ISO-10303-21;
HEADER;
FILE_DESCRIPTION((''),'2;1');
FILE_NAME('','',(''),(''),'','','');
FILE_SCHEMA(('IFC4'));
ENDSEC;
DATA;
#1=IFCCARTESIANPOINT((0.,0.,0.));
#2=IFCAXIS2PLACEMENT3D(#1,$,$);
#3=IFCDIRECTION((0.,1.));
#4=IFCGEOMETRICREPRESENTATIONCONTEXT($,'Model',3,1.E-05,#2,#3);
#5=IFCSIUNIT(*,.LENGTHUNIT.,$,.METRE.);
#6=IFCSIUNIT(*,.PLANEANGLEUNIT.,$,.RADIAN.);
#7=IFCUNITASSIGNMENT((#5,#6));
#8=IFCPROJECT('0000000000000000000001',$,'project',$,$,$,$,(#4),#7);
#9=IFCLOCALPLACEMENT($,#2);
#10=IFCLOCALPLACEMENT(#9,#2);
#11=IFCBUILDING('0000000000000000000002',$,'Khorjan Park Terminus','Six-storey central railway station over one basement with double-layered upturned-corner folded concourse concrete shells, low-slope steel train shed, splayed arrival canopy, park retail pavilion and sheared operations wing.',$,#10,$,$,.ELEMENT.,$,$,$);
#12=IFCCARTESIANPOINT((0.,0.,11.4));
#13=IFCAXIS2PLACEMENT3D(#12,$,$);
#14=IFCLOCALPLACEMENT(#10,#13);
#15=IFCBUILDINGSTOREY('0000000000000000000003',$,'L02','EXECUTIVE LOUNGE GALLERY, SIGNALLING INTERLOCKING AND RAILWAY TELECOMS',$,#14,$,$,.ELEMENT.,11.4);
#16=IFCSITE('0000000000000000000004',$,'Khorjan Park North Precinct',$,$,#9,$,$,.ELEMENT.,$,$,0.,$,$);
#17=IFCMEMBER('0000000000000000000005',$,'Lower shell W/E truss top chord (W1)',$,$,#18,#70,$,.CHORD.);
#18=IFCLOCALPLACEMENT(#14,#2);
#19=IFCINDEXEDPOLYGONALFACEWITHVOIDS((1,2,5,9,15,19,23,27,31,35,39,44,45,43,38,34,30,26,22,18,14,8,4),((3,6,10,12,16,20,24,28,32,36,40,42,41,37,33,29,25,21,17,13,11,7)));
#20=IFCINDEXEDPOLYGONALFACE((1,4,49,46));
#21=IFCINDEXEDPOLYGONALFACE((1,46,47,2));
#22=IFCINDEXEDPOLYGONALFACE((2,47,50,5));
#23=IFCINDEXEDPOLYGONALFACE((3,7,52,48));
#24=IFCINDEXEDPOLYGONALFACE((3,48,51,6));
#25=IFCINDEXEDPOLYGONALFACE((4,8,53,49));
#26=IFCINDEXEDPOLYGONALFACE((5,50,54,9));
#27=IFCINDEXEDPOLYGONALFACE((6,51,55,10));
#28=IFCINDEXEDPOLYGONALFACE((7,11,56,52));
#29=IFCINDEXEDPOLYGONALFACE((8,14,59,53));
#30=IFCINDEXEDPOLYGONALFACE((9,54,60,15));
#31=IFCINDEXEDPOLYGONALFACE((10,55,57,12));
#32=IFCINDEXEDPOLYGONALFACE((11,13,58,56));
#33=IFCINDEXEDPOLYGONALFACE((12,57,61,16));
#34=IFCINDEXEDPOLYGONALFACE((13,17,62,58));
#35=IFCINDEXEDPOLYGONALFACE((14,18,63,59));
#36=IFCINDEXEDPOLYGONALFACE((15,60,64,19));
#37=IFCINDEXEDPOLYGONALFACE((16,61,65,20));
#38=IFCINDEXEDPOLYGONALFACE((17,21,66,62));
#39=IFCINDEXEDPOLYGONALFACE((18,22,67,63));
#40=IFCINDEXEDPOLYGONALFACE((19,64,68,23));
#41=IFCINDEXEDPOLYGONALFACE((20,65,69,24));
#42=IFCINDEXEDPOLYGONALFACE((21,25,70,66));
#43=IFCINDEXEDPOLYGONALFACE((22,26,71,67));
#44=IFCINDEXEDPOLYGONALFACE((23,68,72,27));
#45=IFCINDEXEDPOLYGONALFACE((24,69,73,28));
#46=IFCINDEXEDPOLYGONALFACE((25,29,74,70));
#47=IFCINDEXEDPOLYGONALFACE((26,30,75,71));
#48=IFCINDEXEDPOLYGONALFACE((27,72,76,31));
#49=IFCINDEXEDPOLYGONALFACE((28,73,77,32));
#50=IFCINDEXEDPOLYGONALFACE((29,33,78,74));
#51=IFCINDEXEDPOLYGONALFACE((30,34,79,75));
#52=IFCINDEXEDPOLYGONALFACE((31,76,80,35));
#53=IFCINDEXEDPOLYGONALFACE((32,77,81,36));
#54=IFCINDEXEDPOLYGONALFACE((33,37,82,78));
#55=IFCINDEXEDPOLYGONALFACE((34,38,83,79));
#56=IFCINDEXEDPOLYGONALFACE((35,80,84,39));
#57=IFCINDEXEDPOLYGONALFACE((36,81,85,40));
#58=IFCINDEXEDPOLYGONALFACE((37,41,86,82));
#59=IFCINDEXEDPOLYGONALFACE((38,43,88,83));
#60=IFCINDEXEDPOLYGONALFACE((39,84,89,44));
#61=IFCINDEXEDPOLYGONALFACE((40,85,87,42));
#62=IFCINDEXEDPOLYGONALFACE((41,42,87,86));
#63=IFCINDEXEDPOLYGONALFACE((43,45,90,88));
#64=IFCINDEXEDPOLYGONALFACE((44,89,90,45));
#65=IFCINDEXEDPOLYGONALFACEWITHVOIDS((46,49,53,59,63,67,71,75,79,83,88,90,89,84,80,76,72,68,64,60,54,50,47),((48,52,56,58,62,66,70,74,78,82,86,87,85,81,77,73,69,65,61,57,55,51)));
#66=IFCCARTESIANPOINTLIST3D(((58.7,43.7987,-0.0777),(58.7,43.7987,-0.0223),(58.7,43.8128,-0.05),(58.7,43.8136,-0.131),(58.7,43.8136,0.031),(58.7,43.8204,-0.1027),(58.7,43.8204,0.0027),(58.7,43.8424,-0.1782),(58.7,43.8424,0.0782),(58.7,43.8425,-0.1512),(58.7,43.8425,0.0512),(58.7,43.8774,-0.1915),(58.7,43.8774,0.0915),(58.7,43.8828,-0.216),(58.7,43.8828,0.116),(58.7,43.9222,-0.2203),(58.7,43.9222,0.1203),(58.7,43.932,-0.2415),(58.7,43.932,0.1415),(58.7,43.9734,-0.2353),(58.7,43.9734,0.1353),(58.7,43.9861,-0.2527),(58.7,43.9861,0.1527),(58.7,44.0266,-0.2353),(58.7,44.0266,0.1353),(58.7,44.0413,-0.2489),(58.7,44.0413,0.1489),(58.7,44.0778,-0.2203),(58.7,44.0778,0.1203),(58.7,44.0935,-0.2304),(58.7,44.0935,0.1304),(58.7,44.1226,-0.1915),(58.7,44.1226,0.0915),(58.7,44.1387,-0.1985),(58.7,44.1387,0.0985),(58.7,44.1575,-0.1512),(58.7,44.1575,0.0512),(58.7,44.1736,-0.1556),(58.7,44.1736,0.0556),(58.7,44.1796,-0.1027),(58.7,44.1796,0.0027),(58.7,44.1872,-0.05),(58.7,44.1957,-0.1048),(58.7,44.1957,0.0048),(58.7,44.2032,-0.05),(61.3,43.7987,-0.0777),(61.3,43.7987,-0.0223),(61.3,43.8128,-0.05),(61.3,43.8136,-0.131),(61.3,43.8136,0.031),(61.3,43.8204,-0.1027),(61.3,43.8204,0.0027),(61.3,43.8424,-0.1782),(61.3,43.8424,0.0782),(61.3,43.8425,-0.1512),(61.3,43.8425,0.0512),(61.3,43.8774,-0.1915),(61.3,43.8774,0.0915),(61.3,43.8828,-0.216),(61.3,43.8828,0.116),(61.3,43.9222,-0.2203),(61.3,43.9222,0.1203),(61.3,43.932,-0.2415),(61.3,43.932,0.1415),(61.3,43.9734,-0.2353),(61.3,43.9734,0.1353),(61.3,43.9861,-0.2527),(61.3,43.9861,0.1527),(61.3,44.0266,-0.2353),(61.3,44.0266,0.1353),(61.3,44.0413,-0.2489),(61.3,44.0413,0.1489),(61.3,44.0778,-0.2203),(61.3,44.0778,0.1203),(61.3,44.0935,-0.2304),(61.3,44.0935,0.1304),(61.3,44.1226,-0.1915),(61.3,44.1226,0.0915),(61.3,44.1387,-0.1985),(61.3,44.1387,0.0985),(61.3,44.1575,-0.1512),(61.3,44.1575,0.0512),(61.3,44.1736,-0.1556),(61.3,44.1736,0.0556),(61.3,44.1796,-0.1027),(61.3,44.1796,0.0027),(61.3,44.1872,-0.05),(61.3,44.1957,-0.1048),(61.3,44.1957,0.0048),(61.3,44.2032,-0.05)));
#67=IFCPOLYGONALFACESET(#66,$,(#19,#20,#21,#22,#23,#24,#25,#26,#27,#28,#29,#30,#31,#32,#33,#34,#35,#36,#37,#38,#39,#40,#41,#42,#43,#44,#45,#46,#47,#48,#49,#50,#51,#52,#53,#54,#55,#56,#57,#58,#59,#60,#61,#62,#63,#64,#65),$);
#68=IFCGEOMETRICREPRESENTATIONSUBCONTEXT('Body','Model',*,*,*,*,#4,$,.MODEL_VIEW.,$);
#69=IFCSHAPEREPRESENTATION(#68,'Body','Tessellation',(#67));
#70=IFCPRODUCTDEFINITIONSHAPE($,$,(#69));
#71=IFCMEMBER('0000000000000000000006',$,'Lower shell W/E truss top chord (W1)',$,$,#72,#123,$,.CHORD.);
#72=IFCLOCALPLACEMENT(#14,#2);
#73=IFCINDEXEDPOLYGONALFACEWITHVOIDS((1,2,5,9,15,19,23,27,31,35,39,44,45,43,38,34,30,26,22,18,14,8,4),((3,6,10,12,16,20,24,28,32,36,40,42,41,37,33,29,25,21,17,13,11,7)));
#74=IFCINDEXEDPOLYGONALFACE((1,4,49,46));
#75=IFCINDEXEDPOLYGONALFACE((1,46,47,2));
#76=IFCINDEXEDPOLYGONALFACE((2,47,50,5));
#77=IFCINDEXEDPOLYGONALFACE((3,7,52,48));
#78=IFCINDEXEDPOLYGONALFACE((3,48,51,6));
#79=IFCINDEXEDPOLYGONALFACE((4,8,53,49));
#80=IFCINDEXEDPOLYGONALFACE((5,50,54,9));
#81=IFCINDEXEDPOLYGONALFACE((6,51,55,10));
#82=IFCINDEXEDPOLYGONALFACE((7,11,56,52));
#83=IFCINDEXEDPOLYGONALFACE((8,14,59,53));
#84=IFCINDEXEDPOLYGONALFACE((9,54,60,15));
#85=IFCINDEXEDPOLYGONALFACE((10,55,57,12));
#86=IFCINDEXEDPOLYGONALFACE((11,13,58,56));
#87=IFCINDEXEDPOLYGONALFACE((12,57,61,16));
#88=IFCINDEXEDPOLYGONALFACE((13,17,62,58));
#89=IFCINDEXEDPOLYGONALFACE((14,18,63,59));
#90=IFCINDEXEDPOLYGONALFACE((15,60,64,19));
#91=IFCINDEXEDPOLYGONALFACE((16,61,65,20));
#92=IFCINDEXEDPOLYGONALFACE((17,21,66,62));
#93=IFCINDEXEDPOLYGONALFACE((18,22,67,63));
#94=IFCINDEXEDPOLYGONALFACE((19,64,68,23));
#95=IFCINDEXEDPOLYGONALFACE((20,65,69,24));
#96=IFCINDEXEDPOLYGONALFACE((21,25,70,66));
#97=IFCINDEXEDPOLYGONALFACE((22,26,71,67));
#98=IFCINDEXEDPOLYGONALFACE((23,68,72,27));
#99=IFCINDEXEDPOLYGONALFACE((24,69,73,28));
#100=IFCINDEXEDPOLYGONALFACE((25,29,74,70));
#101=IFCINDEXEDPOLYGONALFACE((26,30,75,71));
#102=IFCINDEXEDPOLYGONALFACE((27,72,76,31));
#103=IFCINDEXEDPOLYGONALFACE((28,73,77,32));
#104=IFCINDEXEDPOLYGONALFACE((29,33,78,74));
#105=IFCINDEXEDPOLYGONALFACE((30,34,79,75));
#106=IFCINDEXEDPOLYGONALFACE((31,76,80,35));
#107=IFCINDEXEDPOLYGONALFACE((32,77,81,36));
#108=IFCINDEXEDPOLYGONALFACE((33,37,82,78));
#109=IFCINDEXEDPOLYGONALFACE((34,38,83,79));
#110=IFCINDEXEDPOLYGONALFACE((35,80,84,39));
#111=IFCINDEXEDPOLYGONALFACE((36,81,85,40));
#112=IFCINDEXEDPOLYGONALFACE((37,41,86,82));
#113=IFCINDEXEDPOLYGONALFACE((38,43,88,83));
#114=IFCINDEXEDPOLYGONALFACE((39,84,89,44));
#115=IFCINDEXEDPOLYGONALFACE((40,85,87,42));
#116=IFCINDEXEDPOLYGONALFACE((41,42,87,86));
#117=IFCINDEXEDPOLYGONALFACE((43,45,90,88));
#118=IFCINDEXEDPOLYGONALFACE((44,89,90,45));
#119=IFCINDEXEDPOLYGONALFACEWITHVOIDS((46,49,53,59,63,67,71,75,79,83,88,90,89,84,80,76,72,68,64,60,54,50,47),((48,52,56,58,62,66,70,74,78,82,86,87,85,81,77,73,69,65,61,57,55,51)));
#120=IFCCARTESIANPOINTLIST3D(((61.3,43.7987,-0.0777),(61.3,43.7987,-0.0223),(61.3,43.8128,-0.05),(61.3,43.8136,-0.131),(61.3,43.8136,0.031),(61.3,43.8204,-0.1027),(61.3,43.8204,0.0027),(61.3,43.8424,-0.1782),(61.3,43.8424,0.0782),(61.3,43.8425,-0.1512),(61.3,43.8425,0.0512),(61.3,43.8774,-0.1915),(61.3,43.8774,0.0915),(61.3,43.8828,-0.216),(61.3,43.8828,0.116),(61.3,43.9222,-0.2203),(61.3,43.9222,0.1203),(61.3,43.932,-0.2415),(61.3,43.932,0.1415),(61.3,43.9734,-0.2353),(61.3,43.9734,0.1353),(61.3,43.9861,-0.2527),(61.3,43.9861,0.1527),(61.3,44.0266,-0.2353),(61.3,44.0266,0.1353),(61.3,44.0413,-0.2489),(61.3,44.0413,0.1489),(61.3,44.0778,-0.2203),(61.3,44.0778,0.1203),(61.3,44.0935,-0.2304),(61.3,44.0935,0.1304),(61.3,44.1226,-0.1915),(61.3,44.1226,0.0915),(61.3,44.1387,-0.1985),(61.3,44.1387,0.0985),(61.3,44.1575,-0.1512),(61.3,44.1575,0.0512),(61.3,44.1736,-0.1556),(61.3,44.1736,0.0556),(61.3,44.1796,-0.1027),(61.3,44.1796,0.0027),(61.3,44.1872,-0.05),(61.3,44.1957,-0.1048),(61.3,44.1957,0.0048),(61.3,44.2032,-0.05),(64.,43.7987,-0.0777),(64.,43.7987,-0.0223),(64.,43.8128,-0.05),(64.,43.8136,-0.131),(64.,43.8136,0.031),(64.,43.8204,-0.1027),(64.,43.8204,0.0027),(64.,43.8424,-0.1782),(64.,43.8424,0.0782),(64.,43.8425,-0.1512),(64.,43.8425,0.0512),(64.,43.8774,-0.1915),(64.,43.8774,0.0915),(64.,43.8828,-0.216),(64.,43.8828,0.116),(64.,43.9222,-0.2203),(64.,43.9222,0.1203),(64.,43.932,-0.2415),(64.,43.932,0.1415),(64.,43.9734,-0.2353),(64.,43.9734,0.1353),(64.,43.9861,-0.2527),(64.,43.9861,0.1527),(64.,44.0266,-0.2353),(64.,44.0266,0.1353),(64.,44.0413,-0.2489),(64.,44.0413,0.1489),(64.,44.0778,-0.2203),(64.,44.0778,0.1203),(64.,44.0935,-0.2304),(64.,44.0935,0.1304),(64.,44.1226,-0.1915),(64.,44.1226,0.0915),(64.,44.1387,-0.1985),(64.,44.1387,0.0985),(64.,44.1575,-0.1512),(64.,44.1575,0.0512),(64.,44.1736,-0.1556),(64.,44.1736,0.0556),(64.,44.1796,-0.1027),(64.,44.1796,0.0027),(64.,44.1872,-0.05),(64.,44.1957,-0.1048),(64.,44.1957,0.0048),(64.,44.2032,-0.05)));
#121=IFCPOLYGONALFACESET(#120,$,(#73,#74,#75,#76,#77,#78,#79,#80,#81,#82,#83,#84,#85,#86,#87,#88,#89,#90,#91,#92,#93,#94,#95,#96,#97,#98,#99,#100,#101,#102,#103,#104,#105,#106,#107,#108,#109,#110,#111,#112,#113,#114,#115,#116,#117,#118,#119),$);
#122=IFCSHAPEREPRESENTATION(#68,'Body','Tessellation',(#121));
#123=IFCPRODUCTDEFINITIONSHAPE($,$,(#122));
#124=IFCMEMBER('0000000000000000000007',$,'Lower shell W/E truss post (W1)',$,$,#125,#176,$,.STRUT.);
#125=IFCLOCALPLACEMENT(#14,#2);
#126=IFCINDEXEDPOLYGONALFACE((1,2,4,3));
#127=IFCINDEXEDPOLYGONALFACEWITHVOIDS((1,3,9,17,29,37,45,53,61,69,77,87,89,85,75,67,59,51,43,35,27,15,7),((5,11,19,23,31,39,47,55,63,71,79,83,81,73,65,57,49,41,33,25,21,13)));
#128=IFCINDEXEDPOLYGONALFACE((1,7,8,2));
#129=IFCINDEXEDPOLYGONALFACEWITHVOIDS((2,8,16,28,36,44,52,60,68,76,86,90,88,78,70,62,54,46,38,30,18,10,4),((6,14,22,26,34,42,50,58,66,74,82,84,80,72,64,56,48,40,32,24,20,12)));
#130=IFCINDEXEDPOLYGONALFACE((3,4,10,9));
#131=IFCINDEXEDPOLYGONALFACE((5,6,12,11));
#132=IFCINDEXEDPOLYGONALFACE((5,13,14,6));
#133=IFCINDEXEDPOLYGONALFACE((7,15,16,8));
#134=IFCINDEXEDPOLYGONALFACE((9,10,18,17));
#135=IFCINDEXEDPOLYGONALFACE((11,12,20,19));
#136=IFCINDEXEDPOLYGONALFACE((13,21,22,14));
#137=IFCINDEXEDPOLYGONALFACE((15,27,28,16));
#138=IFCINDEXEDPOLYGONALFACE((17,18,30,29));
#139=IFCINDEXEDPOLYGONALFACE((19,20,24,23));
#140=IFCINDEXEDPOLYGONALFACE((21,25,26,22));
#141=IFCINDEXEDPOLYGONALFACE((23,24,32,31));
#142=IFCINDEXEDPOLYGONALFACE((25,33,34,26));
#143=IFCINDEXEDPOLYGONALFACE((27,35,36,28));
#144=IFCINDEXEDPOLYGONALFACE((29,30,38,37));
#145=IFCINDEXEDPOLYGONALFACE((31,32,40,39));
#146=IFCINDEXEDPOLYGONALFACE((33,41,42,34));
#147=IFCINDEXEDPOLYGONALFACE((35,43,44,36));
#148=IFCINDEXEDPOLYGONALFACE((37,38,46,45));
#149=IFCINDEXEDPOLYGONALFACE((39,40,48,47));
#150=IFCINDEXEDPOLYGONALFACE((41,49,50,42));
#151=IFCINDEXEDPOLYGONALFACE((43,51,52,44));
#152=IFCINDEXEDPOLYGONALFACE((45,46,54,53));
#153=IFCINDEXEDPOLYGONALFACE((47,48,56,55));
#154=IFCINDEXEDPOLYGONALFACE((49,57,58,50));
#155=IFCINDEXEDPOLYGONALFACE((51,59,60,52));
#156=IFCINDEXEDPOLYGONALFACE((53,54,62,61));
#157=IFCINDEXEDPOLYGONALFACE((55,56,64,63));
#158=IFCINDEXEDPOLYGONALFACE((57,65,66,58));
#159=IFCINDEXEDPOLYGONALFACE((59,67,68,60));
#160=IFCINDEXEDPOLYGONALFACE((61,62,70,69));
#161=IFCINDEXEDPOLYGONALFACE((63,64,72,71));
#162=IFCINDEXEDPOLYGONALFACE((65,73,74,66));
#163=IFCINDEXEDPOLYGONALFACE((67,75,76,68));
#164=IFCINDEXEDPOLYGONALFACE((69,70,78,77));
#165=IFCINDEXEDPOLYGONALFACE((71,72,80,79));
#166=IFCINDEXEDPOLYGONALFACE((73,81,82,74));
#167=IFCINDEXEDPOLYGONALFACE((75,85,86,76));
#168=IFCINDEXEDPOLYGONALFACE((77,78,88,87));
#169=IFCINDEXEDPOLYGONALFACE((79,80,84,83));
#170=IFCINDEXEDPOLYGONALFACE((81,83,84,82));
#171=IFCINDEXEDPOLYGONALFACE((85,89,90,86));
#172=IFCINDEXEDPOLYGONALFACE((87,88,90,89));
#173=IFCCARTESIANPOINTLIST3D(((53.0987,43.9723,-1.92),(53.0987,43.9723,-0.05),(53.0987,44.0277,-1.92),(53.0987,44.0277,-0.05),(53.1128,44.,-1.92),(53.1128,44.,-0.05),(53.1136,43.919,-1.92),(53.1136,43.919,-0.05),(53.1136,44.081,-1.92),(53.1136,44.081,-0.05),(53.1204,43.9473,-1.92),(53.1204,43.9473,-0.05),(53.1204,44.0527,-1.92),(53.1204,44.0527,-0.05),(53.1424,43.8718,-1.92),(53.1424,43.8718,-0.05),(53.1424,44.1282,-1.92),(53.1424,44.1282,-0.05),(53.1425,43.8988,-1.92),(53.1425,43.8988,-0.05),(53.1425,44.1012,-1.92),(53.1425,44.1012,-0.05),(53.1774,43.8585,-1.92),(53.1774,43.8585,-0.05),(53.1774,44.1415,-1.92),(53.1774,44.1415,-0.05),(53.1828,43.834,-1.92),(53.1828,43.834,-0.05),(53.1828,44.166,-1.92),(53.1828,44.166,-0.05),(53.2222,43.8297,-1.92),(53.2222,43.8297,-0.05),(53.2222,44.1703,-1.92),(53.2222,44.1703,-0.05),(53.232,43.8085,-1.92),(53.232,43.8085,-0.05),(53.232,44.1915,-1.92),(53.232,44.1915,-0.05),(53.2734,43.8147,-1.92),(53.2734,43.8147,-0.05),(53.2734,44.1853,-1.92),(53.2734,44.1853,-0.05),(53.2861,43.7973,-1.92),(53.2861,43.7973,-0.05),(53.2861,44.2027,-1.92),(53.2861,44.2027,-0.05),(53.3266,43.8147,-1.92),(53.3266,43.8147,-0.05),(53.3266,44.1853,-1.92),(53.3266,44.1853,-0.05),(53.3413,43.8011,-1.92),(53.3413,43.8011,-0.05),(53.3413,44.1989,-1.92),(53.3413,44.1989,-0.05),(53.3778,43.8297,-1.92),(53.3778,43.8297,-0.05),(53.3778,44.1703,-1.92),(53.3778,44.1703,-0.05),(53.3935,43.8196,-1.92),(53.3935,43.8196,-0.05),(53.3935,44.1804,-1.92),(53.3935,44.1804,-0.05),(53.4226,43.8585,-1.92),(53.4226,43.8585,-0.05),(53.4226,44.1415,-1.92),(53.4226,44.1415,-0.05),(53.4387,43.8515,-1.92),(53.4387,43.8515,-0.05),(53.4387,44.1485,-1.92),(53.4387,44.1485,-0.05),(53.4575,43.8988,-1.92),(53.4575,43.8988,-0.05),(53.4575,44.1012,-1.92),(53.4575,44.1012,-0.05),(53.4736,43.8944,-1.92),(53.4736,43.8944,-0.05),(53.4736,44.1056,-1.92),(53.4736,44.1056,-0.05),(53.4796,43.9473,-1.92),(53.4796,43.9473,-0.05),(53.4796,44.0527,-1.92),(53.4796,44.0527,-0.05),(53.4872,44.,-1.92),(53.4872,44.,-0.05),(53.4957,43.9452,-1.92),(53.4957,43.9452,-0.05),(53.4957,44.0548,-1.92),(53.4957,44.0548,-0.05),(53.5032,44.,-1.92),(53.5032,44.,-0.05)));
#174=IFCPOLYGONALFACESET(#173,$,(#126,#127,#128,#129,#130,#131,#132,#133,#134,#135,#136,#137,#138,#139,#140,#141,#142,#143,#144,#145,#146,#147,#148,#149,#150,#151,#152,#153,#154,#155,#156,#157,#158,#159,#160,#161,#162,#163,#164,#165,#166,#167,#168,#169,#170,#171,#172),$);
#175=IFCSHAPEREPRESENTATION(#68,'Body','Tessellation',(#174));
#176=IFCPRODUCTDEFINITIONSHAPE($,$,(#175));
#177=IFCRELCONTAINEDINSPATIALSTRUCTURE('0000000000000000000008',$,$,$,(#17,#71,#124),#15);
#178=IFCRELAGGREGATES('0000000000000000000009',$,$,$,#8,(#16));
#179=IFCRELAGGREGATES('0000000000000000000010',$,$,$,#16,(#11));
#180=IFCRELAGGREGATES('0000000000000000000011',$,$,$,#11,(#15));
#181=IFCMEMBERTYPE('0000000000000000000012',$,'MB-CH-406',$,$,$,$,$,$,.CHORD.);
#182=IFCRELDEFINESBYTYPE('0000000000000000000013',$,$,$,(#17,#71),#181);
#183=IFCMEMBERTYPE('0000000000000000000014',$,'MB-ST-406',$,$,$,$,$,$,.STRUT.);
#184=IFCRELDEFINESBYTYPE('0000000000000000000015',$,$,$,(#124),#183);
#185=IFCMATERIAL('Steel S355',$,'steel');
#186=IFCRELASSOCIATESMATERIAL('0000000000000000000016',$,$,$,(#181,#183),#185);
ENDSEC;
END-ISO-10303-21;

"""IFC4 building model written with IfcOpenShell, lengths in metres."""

from ifc_helpers import new_model, si_unit, direction, frame, origin, origin_2d, place, context, subcontext, project, spatial, hollow_circle, extrude, material, material_profile, profile_set, type_object, element, save


model = new_model("IFC4")

# Units and contexts
model_context = context("Model", 3, precision=1e-05, world=origin(), true_north=direction((0.0, 1.0)))
body_context = subcontext(model_context, "Body", "Model", "MODEL_VIEW")
ifc_project = project(units=[si_unit("LENGTHUNIT", "METRE"), si_unit("PLANEANGLEUNIT", "RADIAN")], contexts=[model_context])

# Site, building, storey
site_placement = place(None, origin())
site = spatial("IfcSite", under=ifc_project, at=site_placement, Name="Khorjan Park North Precinct", CompositionType="ELEMENT", RefElevation=0.0)
building_placement = place(site_placement, origin())
building = spatial("IfcBuilding", under=site, at=building_placement, Name="Khorjan Park Terminus", Description="Six-storey central railway station over one basement with double-layered upturned-corner folded concourse concrete shells, low-slope steel train shed, splayed arrival canopy, park retail pavilion and sheared operations wing.", CompositionType="ELEMENT")
storey_placement = place(building_placement, frame((0.0, 0.0, 11.4)))
storey = spatial("IfcBuildingStorey", under=building, at=storey_placement, Name="L02", Description="EXECUTIVE LOUNGE GALLERY, SIGNALLING INTERLOCKING AND RAILWAY TELECOMS", CompositionType="ELEMENT", Elevation=11.4)

# Shared definitions
ifc_material_1 = material(Name="Steel S355", Category="steel")

# Members
ifc_material_profile_1 = material_profile(ifc_material_1, hollow_circle(Radius=0.2032, WallThickness=0.016, at=origin_2d()), Name="CHS 406.4x16")
ifc_profile_set_1 = profile_set([ifc_material_profile_1], Name="Steel S355")
member_type_1 = type_object("IfcMemberType", Name="MB-CH-406", PredefinedType="CHORD", material=ifc_profile_set_1)
member_1_placement = place(storey_placement, frame((58.7, 44.0, -0.05), z_axis=(1.0, 0.0, 0.0), x_axis=(0.0, 1.0, 0.0)))
element("IfcMember", 1, at=member_1_placement, inside=storey, type_object=member_type_1, Name="Lower shell W/E truss top chord (W1)", PredefinedType="CHORD", context=body_context, shape_type="SweptSolid", body=[
    extrude(hollow_circle(Radius=0.2032, WallThickness=0.016, at=origin_2d()), origin(), (0.0, 0.0, 1.0), 2.6),
])
member_2_placement = place(storey_placement, frame((61.3, 44.0, -0.05), z_axis=(1.0, 0.0, 0.0), x_axis=(0.0, 1.0, 0.0)))
element("IfcMember", 2, at=member_2_placement, inside=storey, type_object=member_type_1, Name="Lower shell W/E truss top chord (W1)", PredefinedType="CHORD", context=body_context, shape_type="SweptSolid", body=[
    extrude(hollow_circle(Radius=0.2032, WallThickness=0.016, at=origin_2d()), origin(), (0.0, 0.0, 1.0), 2.7),
])
ifc_material_profile_2 = material_profile(ifc_material_1, hollow_circle(Radius=0.2032, WallThickness=0.016, at=origin_2d()), Name="CHS 406.4x16")
ifc_profile_set_2 = profile_set([ifc_material_profile_2], Name="Steel S355")
member_type_2 = type_object("IfcMemberType", Name="MB-ST-406", PredefinedType="STRUT", material=ifc_profile_set_2)
for number, where, z_axis, x_axis, name in (
    (3, (53.3, 44.0, -1.92), (0.0, 0.0, 1.0), (1.0, 0.0, 0.0), "Lower shell W/E truss post (W1)"),
):
    element("IfcMember", number, at=place(storey_placement, frame(where, z_axis=z_axis, x_axis=x_axis)), inside=storey, type_object=member_type_2, Name=name, PredefinedType="STRUT", context=body_context, shape_type="SweptSolid", body=[
        extrude(hollow_circle(Radius=0.2032, WallThickness=0.016, at=origin_2d()), origin(), (0.0, 0.0, 1.0), 1.87),
    ])

save(model, "model.ifc")
